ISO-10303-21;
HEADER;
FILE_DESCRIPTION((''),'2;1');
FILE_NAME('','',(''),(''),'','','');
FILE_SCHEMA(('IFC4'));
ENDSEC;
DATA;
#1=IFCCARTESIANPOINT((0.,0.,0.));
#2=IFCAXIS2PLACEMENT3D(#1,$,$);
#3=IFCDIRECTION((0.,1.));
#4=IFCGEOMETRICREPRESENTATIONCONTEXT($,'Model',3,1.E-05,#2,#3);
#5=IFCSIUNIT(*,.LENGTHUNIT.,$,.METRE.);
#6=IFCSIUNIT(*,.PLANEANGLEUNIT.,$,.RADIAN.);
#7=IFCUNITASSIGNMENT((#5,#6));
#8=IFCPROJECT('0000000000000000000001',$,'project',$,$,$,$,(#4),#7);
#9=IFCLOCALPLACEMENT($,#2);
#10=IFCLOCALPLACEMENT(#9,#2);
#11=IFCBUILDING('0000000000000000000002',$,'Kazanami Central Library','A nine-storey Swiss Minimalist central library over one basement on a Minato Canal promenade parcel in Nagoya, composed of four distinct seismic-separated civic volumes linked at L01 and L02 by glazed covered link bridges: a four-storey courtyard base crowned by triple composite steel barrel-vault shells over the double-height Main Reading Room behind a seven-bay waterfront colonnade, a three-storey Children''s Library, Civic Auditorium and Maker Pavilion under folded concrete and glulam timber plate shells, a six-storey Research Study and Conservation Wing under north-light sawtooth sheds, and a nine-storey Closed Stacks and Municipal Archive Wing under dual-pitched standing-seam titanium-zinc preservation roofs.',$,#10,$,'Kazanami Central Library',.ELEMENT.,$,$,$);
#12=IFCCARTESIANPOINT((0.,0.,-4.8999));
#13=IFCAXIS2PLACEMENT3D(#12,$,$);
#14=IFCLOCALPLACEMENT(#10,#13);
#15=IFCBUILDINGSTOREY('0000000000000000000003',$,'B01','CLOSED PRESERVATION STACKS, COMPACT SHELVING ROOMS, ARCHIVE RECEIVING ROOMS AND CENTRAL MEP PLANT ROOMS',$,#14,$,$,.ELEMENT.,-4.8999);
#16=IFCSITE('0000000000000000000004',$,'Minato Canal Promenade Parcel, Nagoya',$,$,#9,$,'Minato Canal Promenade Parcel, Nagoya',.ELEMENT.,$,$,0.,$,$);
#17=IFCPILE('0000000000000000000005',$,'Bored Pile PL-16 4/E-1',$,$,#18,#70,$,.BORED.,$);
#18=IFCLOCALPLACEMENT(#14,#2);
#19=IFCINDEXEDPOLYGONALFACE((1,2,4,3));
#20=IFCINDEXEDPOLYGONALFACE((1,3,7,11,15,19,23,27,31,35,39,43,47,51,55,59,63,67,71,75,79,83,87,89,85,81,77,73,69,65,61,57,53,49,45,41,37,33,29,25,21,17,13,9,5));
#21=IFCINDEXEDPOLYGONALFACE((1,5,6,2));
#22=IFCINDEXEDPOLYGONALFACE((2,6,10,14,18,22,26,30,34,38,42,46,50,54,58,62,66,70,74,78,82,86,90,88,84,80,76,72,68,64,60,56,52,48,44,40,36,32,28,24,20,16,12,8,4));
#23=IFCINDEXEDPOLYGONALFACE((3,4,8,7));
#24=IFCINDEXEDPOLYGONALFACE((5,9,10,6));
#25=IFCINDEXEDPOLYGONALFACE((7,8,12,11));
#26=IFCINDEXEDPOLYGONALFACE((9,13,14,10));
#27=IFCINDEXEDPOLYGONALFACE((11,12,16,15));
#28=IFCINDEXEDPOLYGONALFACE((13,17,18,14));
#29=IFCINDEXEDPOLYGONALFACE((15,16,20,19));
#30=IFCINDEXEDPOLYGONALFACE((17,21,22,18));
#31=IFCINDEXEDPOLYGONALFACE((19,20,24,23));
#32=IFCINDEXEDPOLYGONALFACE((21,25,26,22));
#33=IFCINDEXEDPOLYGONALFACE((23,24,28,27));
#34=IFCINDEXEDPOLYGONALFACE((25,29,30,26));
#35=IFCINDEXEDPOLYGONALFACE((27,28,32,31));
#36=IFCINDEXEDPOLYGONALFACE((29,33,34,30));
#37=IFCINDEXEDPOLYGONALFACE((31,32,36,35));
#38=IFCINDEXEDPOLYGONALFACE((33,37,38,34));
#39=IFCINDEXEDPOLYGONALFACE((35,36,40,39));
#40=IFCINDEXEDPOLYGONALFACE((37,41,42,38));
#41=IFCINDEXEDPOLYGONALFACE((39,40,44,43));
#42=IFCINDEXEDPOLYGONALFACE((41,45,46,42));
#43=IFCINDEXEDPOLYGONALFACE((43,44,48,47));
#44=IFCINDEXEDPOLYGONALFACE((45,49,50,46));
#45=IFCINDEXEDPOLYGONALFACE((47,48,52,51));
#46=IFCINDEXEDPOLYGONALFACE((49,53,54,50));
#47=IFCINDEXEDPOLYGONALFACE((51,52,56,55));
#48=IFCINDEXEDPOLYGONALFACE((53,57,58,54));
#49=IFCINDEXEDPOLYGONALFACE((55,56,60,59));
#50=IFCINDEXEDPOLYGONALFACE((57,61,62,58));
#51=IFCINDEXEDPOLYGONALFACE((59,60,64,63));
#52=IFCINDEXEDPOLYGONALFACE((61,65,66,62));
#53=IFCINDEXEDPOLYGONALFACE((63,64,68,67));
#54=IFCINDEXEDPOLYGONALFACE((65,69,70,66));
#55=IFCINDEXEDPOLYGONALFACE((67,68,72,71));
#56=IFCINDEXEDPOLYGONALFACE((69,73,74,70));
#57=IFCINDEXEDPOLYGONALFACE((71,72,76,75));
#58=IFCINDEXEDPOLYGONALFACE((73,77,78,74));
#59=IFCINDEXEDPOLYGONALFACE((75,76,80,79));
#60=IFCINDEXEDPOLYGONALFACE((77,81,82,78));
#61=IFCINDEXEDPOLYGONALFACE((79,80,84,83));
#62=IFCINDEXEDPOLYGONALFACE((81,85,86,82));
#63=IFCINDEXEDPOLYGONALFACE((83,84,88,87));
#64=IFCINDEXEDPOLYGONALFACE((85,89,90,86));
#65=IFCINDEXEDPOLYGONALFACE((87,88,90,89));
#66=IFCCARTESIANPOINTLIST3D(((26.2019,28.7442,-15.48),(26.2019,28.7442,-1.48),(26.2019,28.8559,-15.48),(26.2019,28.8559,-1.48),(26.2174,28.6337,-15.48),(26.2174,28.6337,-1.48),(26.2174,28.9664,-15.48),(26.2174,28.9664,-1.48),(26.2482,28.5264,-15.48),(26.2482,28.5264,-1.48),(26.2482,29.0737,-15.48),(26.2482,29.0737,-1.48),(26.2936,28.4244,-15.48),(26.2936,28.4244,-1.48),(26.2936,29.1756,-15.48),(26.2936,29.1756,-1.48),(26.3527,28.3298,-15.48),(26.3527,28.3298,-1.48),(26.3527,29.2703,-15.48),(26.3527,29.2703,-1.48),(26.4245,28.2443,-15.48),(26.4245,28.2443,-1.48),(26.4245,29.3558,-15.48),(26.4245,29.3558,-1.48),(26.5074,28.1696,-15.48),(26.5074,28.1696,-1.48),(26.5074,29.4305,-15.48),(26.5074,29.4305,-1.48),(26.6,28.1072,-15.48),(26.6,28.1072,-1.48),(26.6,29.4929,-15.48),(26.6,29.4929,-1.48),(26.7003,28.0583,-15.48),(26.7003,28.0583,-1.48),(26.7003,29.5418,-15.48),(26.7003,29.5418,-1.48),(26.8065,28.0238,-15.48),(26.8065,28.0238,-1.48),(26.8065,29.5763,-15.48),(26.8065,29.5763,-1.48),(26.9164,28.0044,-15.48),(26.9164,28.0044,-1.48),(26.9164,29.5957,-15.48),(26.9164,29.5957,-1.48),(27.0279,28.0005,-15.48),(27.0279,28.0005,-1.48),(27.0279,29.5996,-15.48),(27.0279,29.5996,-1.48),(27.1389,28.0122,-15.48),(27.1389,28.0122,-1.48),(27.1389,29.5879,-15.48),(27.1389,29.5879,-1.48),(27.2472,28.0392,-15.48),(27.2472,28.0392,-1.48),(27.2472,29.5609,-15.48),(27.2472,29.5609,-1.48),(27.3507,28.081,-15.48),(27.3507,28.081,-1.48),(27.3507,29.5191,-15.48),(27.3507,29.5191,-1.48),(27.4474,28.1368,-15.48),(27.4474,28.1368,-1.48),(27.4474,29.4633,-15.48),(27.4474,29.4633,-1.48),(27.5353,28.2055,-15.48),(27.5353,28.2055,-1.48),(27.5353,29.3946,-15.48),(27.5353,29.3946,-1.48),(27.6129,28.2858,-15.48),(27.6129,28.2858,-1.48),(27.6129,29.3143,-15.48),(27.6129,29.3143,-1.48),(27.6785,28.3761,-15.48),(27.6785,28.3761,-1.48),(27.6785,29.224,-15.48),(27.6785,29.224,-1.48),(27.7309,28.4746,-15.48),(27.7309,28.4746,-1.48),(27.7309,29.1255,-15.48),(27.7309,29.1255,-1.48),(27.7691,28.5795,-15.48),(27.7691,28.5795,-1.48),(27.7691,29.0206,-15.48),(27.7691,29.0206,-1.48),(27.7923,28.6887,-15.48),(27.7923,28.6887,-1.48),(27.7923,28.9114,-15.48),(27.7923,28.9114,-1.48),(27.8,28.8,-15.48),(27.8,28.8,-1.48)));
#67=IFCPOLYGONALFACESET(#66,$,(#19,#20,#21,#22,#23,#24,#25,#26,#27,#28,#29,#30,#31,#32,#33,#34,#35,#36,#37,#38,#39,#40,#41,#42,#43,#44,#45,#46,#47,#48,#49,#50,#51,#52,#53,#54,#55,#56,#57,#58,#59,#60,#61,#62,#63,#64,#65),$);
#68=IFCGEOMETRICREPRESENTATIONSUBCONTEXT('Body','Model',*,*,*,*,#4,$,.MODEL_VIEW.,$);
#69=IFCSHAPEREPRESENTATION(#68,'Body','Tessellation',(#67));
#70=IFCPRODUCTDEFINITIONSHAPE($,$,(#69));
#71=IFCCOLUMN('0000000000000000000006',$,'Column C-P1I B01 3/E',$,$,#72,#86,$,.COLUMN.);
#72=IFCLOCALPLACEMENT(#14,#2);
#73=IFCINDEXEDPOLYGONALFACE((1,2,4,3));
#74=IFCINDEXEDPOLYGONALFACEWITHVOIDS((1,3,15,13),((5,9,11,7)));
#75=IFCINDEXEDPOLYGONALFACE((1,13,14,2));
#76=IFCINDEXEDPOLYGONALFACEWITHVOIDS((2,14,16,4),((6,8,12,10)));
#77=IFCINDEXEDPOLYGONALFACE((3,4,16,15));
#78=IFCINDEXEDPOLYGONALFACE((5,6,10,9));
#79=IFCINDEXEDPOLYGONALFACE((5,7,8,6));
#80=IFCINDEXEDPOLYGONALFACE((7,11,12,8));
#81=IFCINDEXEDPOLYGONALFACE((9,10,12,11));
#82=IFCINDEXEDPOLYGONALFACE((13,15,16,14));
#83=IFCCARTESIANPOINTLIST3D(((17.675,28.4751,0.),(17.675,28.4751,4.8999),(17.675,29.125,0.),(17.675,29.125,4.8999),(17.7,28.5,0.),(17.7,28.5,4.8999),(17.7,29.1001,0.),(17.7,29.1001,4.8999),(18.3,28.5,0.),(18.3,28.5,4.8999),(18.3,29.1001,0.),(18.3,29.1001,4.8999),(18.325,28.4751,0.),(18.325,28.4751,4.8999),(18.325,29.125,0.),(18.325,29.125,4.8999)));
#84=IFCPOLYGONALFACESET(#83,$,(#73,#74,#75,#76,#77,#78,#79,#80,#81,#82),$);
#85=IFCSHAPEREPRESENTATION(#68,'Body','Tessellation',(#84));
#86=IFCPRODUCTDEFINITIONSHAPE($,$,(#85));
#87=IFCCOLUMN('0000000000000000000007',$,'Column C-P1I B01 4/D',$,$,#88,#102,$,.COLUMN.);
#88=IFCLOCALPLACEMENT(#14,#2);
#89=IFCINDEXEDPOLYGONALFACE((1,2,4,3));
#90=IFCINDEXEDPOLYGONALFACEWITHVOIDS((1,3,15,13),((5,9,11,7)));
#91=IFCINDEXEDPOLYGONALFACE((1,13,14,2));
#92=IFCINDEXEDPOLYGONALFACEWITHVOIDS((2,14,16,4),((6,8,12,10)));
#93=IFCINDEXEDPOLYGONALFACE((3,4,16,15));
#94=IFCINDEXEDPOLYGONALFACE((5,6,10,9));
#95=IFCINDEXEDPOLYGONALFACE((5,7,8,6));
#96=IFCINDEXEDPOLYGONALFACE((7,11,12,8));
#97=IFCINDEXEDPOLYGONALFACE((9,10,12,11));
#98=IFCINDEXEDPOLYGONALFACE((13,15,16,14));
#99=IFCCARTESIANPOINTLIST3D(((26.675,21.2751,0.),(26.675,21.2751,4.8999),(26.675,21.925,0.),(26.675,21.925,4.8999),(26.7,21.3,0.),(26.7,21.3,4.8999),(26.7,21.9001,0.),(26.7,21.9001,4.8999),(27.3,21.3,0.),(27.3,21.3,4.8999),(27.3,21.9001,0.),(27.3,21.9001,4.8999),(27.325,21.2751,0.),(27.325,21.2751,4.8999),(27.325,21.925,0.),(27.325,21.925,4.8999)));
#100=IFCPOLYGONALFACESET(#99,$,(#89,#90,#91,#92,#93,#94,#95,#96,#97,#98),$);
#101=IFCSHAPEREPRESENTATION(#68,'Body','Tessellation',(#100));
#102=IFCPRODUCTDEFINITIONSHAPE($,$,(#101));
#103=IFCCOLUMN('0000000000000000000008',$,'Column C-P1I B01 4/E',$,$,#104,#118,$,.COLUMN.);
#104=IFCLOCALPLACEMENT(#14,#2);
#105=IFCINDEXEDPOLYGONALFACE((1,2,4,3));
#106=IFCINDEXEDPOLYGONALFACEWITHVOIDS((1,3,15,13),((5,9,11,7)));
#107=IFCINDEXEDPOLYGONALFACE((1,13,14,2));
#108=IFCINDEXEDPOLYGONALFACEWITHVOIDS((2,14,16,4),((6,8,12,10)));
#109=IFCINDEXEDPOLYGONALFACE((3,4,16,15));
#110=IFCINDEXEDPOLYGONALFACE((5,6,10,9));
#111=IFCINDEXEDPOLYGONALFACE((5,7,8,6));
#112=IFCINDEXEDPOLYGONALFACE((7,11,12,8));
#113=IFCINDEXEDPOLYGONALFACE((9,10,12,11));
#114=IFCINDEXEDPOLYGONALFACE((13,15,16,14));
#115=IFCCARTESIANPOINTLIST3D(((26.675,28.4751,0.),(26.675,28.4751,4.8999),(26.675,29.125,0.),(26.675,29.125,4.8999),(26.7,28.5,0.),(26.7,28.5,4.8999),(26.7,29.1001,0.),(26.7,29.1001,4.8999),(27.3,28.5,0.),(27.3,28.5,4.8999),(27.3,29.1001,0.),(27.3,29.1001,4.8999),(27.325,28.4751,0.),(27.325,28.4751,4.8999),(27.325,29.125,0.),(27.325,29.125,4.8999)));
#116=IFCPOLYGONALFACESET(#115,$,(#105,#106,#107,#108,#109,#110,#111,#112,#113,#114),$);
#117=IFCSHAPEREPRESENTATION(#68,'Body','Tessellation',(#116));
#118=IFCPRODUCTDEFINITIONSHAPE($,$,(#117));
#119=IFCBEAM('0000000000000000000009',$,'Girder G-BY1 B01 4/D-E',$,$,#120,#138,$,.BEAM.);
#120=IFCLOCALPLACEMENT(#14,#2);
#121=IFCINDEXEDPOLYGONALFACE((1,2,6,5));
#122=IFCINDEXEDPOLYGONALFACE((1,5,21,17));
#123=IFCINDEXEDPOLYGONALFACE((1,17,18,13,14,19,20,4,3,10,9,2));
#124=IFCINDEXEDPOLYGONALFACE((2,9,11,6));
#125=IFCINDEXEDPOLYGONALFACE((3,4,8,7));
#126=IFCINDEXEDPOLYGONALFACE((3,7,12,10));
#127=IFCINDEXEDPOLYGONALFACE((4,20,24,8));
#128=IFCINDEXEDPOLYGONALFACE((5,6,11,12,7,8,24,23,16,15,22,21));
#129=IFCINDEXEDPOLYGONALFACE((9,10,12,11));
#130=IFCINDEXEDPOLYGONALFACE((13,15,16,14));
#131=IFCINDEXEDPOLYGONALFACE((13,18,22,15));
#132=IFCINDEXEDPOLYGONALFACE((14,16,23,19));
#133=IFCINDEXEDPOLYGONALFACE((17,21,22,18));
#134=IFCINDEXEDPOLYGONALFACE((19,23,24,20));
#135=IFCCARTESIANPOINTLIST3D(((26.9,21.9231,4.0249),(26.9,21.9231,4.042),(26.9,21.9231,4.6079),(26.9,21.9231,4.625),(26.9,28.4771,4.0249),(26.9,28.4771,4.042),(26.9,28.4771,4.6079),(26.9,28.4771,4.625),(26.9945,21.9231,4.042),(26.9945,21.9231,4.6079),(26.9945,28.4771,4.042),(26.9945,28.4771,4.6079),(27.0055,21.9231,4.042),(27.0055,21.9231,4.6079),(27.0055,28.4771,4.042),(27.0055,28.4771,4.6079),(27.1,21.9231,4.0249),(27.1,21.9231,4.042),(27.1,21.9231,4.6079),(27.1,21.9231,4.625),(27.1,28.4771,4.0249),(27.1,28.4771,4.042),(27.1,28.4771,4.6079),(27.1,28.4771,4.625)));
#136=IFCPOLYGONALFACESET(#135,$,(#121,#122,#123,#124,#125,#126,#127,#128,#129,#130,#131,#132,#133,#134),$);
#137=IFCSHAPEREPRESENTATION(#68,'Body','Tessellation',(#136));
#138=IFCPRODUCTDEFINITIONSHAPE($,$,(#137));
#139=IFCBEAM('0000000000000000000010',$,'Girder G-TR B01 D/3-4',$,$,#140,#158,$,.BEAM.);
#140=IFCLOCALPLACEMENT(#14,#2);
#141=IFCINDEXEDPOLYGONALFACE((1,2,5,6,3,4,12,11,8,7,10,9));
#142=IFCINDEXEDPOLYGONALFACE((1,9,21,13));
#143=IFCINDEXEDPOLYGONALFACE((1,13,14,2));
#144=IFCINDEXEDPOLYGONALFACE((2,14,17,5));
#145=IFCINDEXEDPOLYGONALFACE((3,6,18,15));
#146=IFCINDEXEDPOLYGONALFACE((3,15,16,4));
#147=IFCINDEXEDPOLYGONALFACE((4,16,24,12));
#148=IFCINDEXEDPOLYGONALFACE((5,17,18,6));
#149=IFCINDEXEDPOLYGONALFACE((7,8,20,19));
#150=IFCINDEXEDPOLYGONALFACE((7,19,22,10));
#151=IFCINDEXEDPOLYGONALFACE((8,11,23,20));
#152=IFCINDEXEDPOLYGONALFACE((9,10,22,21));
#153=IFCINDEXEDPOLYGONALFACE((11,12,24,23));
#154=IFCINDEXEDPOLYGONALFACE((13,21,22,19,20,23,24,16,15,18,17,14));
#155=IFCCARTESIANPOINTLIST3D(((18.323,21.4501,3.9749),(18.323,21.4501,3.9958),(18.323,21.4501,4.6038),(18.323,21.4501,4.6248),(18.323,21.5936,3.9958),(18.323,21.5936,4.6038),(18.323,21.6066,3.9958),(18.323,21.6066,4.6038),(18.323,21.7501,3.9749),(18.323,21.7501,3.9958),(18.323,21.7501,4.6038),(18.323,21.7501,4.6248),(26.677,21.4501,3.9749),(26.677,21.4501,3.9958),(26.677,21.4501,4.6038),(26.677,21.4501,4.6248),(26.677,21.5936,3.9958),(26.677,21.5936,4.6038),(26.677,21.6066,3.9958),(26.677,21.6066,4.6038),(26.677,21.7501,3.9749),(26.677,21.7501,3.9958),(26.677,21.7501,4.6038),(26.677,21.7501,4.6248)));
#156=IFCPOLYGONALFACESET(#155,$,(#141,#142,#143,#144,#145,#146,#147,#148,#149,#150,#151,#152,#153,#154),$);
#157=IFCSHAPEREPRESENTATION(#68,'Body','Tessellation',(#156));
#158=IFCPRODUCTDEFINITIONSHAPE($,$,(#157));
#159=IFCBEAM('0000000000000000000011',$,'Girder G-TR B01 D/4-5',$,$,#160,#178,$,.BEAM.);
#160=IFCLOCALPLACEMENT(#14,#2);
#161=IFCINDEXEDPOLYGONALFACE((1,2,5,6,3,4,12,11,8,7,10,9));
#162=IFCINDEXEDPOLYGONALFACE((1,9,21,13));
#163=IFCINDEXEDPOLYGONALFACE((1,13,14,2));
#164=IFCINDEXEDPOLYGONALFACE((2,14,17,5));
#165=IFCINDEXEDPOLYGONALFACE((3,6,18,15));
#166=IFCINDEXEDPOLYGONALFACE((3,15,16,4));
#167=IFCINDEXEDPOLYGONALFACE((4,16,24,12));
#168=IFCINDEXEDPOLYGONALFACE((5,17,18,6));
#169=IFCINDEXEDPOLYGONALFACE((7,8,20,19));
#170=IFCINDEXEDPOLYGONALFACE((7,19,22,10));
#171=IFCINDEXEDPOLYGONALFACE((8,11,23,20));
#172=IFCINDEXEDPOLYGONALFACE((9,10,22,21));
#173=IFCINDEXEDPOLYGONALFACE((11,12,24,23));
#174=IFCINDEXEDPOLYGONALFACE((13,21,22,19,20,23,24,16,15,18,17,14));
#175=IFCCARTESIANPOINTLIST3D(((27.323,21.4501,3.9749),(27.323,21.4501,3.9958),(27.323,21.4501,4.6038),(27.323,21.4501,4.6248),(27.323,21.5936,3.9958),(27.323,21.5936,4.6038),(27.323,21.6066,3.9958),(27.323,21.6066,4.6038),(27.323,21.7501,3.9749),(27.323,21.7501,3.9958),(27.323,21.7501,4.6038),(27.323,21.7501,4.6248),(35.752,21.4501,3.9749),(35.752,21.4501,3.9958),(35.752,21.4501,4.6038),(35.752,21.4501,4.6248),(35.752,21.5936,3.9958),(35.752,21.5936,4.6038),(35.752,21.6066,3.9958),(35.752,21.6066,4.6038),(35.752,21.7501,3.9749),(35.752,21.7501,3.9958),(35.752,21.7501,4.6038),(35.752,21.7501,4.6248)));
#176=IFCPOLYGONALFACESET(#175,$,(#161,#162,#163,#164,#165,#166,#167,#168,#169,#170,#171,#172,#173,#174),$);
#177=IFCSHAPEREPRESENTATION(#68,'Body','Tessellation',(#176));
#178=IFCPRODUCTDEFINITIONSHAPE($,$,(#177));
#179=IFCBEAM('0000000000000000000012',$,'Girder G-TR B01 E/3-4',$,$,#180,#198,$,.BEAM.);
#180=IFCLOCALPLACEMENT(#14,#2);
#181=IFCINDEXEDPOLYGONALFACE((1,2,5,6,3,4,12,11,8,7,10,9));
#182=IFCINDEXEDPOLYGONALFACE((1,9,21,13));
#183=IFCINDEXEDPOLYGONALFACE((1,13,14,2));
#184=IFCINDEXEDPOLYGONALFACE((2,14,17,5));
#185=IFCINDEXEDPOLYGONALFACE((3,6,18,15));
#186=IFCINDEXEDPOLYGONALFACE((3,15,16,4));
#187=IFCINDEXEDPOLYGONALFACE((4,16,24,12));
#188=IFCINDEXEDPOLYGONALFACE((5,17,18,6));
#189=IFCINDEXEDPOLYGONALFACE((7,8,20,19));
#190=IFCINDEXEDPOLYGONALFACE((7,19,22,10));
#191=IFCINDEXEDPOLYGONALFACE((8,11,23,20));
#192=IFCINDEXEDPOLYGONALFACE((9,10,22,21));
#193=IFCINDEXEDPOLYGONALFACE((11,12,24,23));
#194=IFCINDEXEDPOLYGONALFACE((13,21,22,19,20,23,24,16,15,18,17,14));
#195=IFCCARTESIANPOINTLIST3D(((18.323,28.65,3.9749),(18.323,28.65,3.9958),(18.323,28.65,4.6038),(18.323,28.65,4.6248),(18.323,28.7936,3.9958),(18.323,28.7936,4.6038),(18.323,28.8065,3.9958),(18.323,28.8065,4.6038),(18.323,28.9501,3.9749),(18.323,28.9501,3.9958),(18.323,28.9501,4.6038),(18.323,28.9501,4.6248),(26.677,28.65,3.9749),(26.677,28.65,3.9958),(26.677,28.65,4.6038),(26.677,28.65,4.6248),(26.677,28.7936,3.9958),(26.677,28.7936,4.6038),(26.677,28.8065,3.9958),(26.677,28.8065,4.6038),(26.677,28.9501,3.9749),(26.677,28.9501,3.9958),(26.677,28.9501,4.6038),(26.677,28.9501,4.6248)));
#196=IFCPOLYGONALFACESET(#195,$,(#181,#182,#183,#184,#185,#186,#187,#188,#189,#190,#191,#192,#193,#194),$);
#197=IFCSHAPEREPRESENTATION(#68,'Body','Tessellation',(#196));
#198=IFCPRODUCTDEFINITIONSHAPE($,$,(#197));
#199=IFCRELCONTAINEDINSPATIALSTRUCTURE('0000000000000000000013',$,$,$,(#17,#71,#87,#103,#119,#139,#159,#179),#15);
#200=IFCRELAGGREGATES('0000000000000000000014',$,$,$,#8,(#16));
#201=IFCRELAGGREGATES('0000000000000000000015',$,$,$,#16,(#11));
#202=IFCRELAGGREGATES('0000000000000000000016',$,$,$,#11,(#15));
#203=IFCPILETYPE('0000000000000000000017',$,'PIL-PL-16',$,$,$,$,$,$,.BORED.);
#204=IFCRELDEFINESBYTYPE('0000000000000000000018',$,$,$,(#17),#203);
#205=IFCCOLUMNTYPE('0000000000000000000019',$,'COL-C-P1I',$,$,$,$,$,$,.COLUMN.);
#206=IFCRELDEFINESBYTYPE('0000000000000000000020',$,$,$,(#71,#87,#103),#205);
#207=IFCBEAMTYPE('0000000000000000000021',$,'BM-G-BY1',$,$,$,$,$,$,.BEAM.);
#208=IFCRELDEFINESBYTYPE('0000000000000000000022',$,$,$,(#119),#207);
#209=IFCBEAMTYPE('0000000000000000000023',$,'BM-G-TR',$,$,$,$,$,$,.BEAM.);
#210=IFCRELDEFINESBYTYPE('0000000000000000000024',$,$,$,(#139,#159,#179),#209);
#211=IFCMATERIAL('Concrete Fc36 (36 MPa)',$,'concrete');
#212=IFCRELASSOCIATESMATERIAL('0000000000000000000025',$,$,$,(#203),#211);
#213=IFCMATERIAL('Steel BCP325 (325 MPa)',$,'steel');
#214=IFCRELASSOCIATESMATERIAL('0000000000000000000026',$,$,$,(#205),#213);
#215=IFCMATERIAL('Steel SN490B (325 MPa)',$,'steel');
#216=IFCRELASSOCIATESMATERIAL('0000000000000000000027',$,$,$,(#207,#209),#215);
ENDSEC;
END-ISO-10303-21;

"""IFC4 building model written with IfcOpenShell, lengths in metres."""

from ifc_helpers import new_model, si_unit, direction, frame, origin, origin_2d, place, context, subcontext, project, spatial, hollow_rectangle, circle, i_section, extrude, material, material_profile, profile_set, type_object, element, save


model = new_model("IFC4")

# Units and contexts
model_context = context("Model", 3, precision=1e-05, world=origin(), true_north=direction((0.0, 1.0)))
body_context = subcontext(model_context, "Body", "Model", "MODEL_VIEW")
ifc_project = project(units=[si_unit("LENGTHUNIT", "METRE"), si_unit("PLANEANGLEUNIT", "RADIAN")], contexts=[model_context])

# Site, building, storey
site_placement = place(None, origin())
site = spatial("IfcSite", under=ifc_project, at=site_placement, Name="Minato Canal Promenade Parcel, Nagoya", LongName="Minato Canal Promenade Parcel, Nagoya", CompositionType="ELEMENT", RefElevation=0.0)
building_placement = place(site_placement, origin())
building = spatial("IfcBuilding", under=site, at=building_placement, Name="Kazanami Central Library", Description="A nine-storey Swiss Minimalist central library over one basement on a Minato Canal promenade parcel in Nagoya, composed of four distinct seismic-separated civic volumes linked at L01 and L02 by glazed covered link bridges: a four-storey courtyard base crowned by triple composite steel barrel-vault shells over the double-height Main Reading Room behind a seven-bay waterfront colonnade, a three-storey Children's Library, Civic Auditorium and Maker Pavilion under folded concrete and glulam timber plate shells, a six-storey Research Study and Conservation Wing under north-light sawtooth sheds, and a nine-storey Closed Stacks and Municipal Archive Wing under dual-pitched standing-seam titanium-zinc preservation roofs.", LongName="Kazanami Central Library", CompositionType="ELEMENT")
storey_placement = place(building_placement, frame((0.0, 0.0, -4.8999)))
storey = spatial("IfcBuildingStorey", under=building, at=storey_placement, Name="B01", Description="CLOSED PRESERVATION STACKS, COMPACT SHELVING ROOMS, ARCHIVE RECEIVING ROOMS AND CENTRAL MEP PLANT ROOMS", CompositionType="ELEMENT", Elevation=-4.8999)

# Shared definitions
ifc_material_1 = material(Name="Concrete Fc36 (36 MPa)", Category="concrete")

# Pile
ifc_material_profile_1 = material_profile(ifc_material_1, circle(Radius=0.8, at=origin_2d()), Name="BORED-D1600")
ifc_profile_set_1 = profile_set([ifc_material_profile_1], Name="Concrete Fc36 (36 MPa)")
pile_type_1 = type_object("IfcPileType", Name="PIL-PL-16", PredefinedType="BORED", material=ifc_profile_set_1)
pile_1_placement = place(storey_placement, frame((27.0, 28.8, -1.48), z_axis=(0.0, 0.0, -1.0), x_axis=(1.0, 0.0, 0.0)))
element("IfcPile", 1, at=pile_1_placement, inside=storey, type_object=pile_type_1, Name="Bored Pile PL-16 4/E-1", PredefinedType="BORED", context=body_context, shape_type="SweptSolid", body=[
    extrude(circle(Radius=0.8, at=origin_2d()), origin(), (0.0, 0.0, 1.0), 14.0),
])

# Columns
ifc_material_2 = material(Name="Steel BCP325 (325 MPa)", Category="steel")
ifc_material_profile_2 = material_profile(ifc_material_2, hollow_rectangle(XDim=0.6499, YDim=0.6499, WallThickness=0.0249, at=origin_2d()), Name="BCP-650x650x25")
ifc_profile_set_2 = profile_set([ifc_material_profile_2], Name="Steel BCP325 (325 MPa)")
column_type = type_object("IfcColumnType", Name="COL-C-P1I", PredefinedType="COLUMN", material=ifc_profile_set_2)
for number, where, z_axis, x_axis, name in (
    (2, (18.0, 28.8, 0.0), (0.0, 0.0, 1.0), (1.0, 0.0, 0.0), "Column C-P1I B01 3/E"),
    (3, (27.0, 21.6001, 0.0), (0.0, 0.0, 1.0), (1.0, 0.0, 0.0), "Column C-P1I B01 4/D"),
    (4, (27.0, 28.8, 0.0), (0.0, 0.0, 1.0), (1.0, 0.0, 0.0), "Column C-P1I B01 4/E"),
):
    element("IfcColumn", number, at=place(storey_placement, frame(where, z_axis=z_axis, x_axis=x_axis)), inside=storey, type_object=column_type, Name=name, PredefinedType="COLUMN", context=body_context, shape_type="SweptSolid", body=[
        extrude(hollow_rectangle(XDim=0.6499, YDim=0.6499, WallThickness=0.0249, at=origin_2d()), origin(), (0.0, 0.0, 1.0), 4.8999),
    ])

# Beams
ifc_material_3 = material(Name="Steel SN490B (325 MPa)", Category="steel")
ifc_material_profile_3 = material_profile(ifc_material_3, i_section(OverallWidth=0.2, OverallDepth=0.6001, WebThickness=0.011, FlangeThickness=0.0171, at=origin_2d()), Name="H-600x200x11x17")
ifc_profile_set_3 = profile_set([ifc_material_profile_3], Name="Steel SN490B (325 MPa)")
beam_type_1 = type_object("IfcBeamType", Name="BM-G-BY1", PredefinedType="BEAM", material=ifc_profile_set_3)
beam_1_placement = place(storey_placement, frame((27.0, 21.9231, 4.325), z_axis=(0.0, 1.0, 0.0), x_axis=(-1.0, 0.0, 0.0)))
element("IfcBeam", 5, at=beam_1_placement, inside=storey, type_object=beam_type_1, Name="Girder G-BY1 B01 4/D-E", PredefinedType="BEAM", context=body_context, shape_type="SweptSolid", body=[
    extrude(i_section(OverallWidth=0.2, OverallDepth=0.6001, WebThickness=0.011, FlangeThickness=0.0171, at=origin_2d()), origin(), (0.0, 0.0, 1.0), 6.554),
])
ifc_material_profile_4 = material_profile(ifc_material_3, i_section(OverallWidth=0.3, OverallDepth=0.6499, WebThickness=0.0129, FlangeThickness=0.021, at=origin_2d()), Name="H-650x300x13x21")
ifc_profile_set_4 = profile_set([ifc_material_profile_4], Name="Steel SN490B (325 MPa)")
beam_type_2 = type_object("IfcBeamType", Name="BM-G-TR", PredefinedType="BEAM", material=ifc_profile_set_4)
beam_2_placement = place(storey_placement, frame((18.323, 21.6001, 4.2998), z_axis=(1.0, 0.0, 0.0), x_axis=(0.0, 1.0, 0.0)))
element("IfcBeam", 6, at=beam_2_placement, inside=storey, type_object=beam_type_2, Name="Girder G-TR B01 D/3-4", PredefinedType="BEAM", context=body_context, shape_type="SweptSolid", body=[
    extrude(i_section(OverallWidth=0.3, OverallDepth=0.6499, WebThickness=0.0129, FlangeThickness=0.021, at=origin_2d()), origin(), (0.0, 0.0, 1.0), 8.354),
])
beam_3_placement = place(storey_placement, frame((27.323, 21.6001, 4.2998), z_axis=(1.0, 0.0, 0.0), x_axis=(0.0, 1.0, 0.0)))
element("IfcBeam", 7, at=beam_3_placement, inside=storey, type_object=beam_type_2, Name="Girder G-TR B01 D/4-5", PredefinedType="BEAM", context=body_context, shape_type="SweptSolid", body=[
    extrude(i_section(OverallWidth=0.3, OverallDepth=0.6499, WebThickness=0.0129, FlangeThickness=0.021, at=origin_2d()), origin(), (0.0, 0.0, 1.0), 8.429),
])
beam_4_placement = place(storey_placement, frame((18.323, 28.8, 4.2998), z_axis=(1.0, 0.0, 0.0), x_axis=(0.0, 1.0, 0.0)))
element("IfcBeam", 8, at=beam_4_placement, inside=storey, type_object=beam_type_2, Name="Girder G-TR B01 E/3-4", PredefinedType="BEAM", context=body_context, shape_type="SweptSolid", body=[
    extrude(i_section(OverallWidth=0.3, OverallDepth=0.6499, WebThickness=0.0129, FlangeThickness=0.021, at=origin_2d()), origin(), (0.0, 0.0, 1.0), 8.354),
])

save(model, "model.ifc")
